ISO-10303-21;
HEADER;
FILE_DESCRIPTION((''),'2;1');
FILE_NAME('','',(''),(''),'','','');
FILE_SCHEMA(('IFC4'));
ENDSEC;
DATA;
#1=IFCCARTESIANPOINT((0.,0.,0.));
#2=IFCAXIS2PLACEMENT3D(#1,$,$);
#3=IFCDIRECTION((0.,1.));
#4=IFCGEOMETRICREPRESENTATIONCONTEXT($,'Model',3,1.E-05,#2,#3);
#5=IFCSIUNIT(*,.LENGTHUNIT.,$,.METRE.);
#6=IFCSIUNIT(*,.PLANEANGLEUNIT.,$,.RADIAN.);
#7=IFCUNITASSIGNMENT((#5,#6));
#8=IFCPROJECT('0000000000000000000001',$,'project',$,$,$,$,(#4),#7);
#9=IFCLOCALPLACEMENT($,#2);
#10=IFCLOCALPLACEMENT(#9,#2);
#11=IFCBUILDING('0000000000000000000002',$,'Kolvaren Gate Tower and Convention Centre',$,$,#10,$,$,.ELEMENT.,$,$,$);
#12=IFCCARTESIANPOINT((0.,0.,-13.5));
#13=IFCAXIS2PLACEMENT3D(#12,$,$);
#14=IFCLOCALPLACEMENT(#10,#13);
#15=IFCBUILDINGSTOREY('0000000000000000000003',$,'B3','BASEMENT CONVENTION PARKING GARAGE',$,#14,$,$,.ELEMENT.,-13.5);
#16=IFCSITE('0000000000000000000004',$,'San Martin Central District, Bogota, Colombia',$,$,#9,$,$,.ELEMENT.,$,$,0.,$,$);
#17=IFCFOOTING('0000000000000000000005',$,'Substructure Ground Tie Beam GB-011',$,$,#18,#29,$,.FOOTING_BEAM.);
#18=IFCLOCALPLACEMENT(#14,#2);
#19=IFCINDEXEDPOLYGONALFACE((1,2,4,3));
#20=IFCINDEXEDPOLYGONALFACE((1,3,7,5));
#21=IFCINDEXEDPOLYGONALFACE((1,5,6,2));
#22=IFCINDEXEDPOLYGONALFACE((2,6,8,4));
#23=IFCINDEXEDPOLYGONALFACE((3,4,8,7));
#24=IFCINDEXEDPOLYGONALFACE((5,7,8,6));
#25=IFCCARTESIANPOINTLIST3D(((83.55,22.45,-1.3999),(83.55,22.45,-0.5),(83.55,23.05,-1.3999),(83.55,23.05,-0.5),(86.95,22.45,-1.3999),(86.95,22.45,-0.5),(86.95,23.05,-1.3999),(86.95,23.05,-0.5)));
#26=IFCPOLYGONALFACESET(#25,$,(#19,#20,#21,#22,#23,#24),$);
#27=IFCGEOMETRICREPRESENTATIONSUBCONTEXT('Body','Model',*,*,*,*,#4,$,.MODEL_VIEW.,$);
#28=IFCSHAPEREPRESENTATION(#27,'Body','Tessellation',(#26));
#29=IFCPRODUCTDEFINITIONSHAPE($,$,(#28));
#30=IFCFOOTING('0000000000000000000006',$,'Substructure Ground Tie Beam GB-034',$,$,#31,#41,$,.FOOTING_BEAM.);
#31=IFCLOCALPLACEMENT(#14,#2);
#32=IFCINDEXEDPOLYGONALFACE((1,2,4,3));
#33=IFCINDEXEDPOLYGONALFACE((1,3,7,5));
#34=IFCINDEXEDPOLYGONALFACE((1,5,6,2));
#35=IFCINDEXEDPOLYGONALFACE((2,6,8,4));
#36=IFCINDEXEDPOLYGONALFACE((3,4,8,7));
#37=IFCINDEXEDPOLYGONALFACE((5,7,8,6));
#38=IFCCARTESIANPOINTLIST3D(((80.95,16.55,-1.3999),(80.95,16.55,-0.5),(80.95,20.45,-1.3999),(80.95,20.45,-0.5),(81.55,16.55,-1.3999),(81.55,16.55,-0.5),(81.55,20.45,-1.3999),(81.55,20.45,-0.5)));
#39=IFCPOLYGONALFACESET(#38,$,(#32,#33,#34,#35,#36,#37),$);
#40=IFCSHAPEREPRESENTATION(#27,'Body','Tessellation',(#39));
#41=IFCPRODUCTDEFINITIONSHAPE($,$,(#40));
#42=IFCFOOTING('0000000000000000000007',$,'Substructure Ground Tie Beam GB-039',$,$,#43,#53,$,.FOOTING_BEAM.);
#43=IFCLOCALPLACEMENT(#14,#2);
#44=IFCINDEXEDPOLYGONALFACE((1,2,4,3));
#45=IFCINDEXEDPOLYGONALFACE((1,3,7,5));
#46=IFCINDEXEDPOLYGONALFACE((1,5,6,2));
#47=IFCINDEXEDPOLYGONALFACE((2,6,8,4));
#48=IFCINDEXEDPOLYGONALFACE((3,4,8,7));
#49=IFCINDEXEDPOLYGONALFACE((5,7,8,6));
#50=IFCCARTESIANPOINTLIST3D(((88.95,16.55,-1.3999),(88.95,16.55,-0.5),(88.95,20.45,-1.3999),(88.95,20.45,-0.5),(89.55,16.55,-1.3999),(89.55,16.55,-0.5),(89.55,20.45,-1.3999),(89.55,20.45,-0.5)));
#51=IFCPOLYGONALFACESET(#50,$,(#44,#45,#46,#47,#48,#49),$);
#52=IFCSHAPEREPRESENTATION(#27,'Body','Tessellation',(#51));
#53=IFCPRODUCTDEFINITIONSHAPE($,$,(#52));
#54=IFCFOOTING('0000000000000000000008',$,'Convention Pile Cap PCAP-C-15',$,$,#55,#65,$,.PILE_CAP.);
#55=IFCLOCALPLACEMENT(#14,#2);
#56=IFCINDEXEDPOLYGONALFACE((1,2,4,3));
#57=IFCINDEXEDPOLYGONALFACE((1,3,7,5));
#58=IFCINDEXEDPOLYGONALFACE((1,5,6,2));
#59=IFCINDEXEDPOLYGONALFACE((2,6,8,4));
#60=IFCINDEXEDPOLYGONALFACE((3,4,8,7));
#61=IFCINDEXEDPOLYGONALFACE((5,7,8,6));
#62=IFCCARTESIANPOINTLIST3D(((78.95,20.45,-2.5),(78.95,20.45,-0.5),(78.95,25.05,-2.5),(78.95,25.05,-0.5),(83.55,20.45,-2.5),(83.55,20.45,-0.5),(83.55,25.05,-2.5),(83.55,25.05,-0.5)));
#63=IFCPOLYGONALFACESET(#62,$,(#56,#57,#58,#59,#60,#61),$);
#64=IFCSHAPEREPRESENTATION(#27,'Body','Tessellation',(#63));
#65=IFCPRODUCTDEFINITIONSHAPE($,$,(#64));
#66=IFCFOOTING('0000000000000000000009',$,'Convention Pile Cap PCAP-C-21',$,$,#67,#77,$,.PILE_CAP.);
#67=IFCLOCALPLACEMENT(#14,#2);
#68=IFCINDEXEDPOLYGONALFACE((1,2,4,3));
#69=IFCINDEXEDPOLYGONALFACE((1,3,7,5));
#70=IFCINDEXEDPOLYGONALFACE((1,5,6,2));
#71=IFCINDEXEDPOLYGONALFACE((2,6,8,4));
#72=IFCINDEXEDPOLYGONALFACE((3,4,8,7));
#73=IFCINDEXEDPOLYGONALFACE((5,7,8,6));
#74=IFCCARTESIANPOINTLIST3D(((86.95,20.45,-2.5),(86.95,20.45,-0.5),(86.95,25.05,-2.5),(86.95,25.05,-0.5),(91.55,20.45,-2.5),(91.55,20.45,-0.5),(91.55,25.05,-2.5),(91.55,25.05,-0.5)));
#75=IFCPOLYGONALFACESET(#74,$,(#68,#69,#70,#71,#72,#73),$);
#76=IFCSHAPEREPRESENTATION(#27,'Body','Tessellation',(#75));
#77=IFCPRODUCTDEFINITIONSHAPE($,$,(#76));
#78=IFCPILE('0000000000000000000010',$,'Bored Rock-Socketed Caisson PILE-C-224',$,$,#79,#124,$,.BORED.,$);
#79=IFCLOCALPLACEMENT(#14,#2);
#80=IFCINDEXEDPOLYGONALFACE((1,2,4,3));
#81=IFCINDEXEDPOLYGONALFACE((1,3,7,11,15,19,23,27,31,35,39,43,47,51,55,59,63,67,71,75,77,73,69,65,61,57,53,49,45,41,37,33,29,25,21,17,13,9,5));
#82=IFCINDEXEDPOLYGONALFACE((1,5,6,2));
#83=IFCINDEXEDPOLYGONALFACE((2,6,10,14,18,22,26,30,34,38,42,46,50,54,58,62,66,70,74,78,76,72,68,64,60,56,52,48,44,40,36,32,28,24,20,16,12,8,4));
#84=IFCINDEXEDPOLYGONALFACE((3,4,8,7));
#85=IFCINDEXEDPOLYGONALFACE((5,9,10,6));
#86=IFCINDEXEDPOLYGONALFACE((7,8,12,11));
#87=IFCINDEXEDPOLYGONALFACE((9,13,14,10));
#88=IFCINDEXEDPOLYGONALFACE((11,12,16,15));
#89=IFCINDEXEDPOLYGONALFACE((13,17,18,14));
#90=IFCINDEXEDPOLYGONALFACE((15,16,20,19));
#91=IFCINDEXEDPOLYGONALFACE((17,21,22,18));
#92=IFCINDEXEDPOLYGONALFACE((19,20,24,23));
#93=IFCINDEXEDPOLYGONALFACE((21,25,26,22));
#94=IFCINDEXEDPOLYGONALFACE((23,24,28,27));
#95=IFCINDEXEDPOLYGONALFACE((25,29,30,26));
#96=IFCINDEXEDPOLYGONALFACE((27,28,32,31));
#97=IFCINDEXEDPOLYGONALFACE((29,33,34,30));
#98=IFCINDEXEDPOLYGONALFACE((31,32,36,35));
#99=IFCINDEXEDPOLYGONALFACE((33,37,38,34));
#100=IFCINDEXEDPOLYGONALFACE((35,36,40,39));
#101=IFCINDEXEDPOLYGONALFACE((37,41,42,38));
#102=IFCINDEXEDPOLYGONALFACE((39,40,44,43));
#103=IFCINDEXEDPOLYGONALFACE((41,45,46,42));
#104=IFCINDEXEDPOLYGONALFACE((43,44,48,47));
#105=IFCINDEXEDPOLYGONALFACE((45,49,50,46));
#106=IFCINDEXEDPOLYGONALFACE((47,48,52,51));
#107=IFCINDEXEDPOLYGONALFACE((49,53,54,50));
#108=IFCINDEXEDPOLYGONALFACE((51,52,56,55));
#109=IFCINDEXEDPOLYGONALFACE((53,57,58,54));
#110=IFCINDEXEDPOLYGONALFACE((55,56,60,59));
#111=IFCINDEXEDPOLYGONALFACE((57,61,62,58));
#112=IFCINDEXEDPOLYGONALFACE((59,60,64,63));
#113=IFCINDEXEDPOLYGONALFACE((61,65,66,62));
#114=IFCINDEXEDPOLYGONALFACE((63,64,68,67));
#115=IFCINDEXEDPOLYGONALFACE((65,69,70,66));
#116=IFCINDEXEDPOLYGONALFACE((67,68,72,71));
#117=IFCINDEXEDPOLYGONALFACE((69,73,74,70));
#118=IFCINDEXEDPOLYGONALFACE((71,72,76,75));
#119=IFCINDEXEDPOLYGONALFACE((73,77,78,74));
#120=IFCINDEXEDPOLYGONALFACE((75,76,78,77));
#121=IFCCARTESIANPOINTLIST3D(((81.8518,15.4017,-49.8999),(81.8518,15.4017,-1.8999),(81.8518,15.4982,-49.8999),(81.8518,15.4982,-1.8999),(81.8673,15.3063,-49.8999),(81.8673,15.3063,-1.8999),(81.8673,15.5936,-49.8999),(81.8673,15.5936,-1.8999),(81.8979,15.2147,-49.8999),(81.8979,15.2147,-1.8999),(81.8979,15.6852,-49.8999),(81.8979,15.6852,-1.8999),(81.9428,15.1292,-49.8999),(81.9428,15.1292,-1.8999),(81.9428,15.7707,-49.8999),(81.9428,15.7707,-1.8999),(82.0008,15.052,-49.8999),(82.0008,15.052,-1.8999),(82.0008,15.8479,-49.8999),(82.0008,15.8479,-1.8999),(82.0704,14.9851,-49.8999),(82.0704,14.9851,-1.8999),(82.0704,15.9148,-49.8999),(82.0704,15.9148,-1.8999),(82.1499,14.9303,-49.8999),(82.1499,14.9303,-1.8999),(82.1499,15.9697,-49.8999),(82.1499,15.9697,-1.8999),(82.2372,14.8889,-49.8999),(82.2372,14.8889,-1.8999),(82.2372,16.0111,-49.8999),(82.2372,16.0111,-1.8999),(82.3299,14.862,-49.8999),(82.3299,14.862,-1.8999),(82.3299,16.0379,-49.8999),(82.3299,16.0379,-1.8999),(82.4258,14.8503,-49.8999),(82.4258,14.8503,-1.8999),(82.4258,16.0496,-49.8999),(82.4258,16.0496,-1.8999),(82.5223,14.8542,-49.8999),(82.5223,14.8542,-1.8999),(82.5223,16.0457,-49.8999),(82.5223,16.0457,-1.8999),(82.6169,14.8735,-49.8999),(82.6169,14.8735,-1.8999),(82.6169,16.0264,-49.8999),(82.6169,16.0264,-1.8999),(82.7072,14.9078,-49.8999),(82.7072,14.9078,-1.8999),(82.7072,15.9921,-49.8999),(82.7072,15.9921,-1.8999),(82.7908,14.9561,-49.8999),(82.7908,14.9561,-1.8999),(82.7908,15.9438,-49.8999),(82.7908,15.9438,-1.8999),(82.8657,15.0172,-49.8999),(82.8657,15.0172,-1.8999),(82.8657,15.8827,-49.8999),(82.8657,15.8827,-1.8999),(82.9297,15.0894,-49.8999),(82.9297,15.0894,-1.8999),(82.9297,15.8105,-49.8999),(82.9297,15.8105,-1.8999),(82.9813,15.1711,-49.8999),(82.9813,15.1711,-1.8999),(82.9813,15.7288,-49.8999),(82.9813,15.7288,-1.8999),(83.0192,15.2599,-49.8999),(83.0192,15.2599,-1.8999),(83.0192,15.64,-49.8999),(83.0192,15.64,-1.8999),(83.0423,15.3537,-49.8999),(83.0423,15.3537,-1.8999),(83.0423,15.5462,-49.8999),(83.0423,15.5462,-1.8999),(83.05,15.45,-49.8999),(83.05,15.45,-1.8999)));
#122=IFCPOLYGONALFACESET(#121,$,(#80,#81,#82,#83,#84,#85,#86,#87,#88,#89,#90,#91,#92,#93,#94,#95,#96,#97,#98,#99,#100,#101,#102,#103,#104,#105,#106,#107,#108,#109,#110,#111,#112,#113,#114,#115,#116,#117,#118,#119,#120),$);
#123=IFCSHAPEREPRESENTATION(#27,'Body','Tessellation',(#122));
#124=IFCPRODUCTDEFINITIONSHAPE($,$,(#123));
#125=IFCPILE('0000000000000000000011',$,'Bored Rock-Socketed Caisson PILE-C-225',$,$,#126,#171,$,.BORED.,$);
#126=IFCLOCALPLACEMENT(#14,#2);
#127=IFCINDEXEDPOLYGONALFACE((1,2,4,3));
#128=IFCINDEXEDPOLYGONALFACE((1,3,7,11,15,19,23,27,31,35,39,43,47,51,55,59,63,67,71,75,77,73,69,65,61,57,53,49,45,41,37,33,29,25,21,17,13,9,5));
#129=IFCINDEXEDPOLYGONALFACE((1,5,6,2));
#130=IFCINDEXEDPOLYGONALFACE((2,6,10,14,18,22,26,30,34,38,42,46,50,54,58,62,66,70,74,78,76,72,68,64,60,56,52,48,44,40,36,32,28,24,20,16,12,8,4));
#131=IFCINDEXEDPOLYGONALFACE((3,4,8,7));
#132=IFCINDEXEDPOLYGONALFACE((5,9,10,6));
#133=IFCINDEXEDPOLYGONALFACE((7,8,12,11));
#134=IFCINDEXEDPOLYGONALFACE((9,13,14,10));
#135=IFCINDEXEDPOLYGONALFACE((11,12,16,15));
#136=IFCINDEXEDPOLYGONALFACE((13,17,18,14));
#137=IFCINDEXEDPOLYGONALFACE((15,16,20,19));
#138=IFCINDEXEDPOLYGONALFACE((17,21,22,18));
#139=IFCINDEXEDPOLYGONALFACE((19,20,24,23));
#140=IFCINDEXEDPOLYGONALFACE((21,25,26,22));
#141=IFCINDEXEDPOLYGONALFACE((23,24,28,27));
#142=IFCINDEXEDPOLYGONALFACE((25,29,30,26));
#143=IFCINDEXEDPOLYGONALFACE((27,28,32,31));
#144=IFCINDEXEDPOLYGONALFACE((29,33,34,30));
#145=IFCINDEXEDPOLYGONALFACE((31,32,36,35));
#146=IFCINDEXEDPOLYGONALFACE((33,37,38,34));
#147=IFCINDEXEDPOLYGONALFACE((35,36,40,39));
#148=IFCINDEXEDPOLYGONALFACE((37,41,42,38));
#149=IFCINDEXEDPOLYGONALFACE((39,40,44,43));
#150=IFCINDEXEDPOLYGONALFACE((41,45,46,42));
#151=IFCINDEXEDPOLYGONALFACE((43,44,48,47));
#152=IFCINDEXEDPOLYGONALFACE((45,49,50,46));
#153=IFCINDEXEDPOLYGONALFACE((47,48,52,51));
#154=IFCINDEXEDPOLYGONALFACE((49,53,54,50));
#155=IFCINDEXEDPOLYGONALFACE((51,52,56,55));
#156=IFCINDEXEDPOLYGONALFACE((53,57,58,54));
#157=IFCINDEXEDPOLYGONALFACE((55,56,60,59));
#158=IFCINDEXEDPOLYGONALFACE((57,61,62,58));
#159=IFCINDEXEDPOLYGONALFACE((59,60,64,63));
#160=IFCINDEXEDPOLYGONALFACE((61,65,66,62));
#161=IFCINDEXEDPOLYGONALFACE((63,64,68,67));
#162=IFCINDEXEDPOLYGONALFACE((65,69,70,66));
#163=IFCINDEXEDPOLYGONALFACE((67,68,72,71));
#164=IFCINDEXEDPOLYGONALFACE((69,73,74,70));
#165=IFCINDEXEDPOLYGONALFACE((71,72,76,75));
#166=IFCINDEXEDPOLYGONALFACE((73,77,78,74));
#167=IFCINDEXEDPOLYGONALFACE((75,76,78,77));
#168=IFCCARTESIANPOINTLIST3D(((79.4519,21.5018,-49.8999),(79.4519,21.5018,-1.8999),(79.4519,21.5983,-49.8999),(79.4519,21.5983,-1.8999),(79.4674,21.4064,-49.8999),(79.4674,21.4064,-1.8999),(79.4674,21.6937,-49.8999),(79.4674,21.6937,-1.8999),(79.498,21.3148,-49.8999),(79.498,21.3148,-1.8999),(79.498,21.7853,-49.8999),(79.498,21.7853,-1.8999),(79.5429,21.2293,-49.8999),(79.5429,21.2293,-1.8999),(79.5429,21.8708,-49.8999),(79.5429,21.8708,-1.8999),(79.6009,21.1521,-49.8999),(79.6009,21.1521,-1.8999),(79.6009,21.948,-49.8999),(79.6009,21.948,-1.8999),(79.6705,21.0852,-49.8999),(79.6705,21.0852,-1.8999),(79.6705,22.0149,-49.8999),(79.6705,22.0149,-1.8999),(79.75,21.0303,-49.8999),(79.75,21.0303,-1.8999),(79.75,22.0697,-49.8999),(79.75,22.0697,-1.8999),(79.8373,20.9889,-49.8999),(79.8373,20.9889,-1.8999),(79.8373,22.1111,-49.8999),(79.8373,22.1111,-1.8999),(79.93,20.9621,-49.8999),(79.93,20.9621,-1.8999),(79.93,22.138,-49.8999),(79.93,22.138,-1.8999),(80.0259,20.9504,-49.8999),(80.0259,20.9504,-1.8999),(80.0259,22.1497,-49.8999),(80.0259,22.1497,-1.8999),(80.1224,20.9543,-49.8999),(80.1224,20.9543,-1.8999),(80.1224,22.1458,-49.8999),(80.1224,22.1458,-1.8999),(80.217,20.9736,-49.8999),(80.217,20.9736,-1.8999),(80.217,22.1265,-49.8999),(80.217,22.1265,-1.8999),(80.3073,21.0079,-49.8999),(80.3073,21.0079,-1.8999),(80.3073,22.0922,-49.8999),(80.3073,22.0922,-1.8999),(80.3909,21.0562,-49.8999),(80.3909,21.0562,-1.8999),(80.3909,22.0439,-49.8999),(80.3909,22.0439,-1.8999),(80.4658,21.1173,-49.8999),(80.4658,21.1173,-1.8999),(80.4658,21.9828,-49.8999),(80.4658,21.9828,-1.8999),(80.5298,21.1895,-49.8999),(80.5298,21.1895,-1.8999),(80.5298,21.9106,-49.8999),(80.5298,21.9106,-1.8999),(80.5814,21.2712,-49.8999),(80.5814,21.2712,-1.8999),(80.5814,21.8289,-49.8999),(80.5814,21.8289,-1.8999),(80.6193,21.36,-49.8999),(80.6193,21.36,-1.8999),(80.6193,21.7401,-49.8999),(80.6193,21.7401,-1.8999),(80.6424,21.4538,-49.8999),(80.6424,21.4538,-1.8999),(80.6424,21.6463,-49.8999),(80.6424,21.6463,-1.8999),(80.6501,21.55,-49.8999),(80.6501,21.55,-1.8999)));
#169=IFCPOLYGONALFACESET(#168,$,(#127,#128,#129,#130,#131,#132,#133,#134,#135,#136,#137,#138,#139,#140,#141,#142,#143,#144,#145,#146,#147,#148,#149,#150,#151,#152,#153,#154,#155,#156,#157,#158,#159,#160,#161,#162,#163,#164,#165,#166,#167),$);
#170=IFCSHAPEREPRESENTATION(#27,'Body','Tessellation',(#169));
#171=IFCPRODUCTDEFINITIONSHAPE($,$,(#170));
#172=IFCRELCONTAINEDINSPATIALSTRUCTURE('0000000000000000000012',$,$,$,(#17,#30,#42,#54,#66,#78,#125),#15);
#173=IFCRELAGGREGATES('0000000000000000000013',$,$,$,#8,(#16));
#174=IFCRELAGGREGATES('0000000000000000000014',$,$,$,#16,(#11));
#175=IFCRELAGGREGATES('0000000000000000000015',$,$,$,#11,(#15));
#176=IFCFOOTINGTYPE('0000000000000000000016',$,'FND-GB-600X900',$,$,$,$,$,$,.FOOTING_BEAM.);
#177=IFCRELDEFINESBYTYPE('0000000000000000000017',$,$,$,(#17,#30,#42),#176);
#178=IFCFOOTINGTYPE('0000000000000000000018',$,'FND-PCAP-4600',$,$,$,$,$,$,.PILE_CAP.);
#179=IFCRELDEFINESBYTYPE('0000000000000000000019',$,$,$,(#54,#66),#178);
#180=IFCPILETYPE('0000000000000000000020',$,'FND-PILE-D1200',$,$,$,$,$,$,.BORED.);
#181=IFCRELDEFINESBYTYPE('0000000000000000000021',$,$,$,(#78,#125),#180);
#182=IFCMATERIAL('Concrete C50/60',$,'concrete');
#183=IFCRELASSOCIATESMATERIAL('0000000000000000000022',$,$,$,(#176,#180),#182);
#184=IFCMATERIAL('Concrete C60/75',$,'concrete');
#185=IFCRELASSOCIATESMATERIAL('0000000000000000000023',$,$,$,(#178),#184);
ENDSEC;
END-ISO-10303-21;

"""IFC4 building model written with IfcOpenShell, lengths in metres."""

from ifc_helpers import new_model, si_unit, direction, frame, origin, origin_2d, place, context, subcontext, project, spatial, rectangle, circle, extrude, material, material_profile, profile_set, type_object, element, save


model = new_model("IFC4")

# Units and contexts
model_context = context("Model", 3, precision=1e-05, world=origin(), true_north=direction((0.0, 1.0)))
body_context = subcontext(model_context, "Body", "Model", "MODEL_VIEW")
ifc_project = project(units=[si_unit("LENGTHUNIT", "METRE"), si_unit("PLANEANGLEUNIT", "RADIAN")], contexts=[model_context])

# Site, building, storey
site_placement = place(None, origin())
site = spatial("IfcSite", under=ifc_project, at=site_placement, Name="San Martin Central District, Bogota, Colombia", CompositionType="ELEMENT", RefElevation=0.0)
building_placement = place(site_placement, origin())
building = spatial("IfcBuilding", under=site, at=building_placement, Name="Kolvaren Gate Tower and Convention Centre", CompositionType="ELEMENT")
storey_placement = place(building_placement, frame((0.0, 0.0, -13.5)))
storey = spatial("IfcBuildingStorey", under=building, at=storey_placement, Name="B3", Description="BASEMENT CONVENTION PARKING GARAGE", CompositionType="ELEMENT", Elevation=-13.5)

# Footings
ifc_material_1 = material(Name="Concrete C50/60", Category="concrete")
ifc_material_profile_1 = material_profile(ifc_material_1, rectangle(XDim=0.6001, YDim=0.8999, at=origin_2d()), Name="RC-BM-600X900")
ifc_profile_set_1 = profile_set([ifc_material_profile_1], Name="Concrete C50/60")
footing_type_1 = type_object("IfcFootingType", Name="FND-GB-600X900", PredefinedType="FOOTING_BEAM", material=ifc_profile_set_1)
footing_placement = place(storey_placement, frame((83.55, 22.75, -0.95), z_axis=(1.0, 0.0, 0.0), x_axis=(0.0, 1.0, 0.0)))
element("IfcFooting", 1, at=footing_placement, inside=storey, type_object=footing_type_1, Name="Substructure Ground Tie Beam GB-011", PredefinedType="FOOTING_BEAM", context=body_context, shape_type="SweptSolid", body=[
    extrude(rectangle(XDim=0.6001, YDim=0.8999, at=origin_2d()), origin(), (0.0, 0.0, 1.0), 3.3999),
])
for number, where, z_axis, x_axis, name in (
    (2, (81.25, 16.55, -0.95), (0.0, 1.0, 0.0), (-1.0, 0.0, 0.0), "Substructure Ground Tie Beam GB-034"),
    (3, (89.25, 16.55, -0.95), (0.0, 1.0, 0.0), (-1.0, 0.0, 0.0), "Substructure Ground Tie Beam GB-039"),
):
    element("IfcFooting", number, at=place(storey_placement, frame(where, z_axis=z_axis, x_axis=x_axis)), inside=storey, type_object=footing_type_1, Name=name, PredefinedType="FOOTING_BEAM", context=body_context, shape_type="SweptSolid", body=[
        extrude(rectangle(XDim=0.6001, YDim=0.8999, at=origin_2d()), origin(), (0.0, 0.0, 1.0), 3.8999),
    ])
ifc_material_2 = material(Name="Concrete C60/75", Category="concrete")
footing_type_2 = type_object("IfcFootingType", Name="FND-PCAP-4600", PredefinedType="PILE_CAP", material=ifc_material_2)
for number, where, z_axis, x_axis, name in (
    (4, (81.25, 22.75, -2.5), (0.0, 0.0, 1.0), (1.0, 0.0, 0.0), "Convention Pile Cap PCAP-C-15"),
    (5, (89.25, 22.75, -2.5), (0.0, 0.0, 1.0), (1.0, 0.0, 0.0), "Convention Pile Cap PCAP-C-21"),
):
    element("IfcFooting", number, at=place(storey_placement, frame(where, z_axis=z_axis, x_axis=x_axis)), inside=storey, type_object=footing_type_2, Name=name, PredefinedType="PILE_CAP", context=body_context, shape_type="SweptSolid", body=[
        extrude(rectangle(XDim=4.6001, YDim=4.6001, at=origin_2d()), origin(), (0.0, 0.0, 1.0), 2.0),
    ])

# Piles
ifc_material_profile_2 = material_profile(ifc_material_1, circle(Radius=0.6001, at=origin_2d()), Name="CAISSON-D1200")
ifc_profile_set_2 = profile_set([ifc_material_profile_2], Name="Concrete C50/60")
pile_type = type_object("IfcPileType", Name="FND-PILE-D1200", PredefinedType="BORED", material=ifc_profile_set_2)
for number, where, z_axis, x_axis, name in (
    (6, (82.45, 15.45, -1.8999), (0.0, 0.0, -1.0), (1.0, 0.0, 0.0), "Bored Rock-Socketed Caisson PILE-C-224"),
    (7, (80.05, 21.55, -1.8999), (0.0, 0.0, -1.0), (1.0, 0.0, 0.0), "Bored Rock-Socketed Caisson PILE-C-225"),
):
    element("IfcPile", number, at=place(storey_placement, frame(where, z_axis=z_axis, x_axis=x_axis)), inside=storey, type_object=pile_type, Name=name, PredefinedType="BORED", context=body_context, shape_type="SweptSolid", body=[
        extrude(circle(Radius=0.6001, at=origin_2d()), origin(), (0.0, 0.0, 1.0), 48.0),
    ])

save(model, "model.ifc")
